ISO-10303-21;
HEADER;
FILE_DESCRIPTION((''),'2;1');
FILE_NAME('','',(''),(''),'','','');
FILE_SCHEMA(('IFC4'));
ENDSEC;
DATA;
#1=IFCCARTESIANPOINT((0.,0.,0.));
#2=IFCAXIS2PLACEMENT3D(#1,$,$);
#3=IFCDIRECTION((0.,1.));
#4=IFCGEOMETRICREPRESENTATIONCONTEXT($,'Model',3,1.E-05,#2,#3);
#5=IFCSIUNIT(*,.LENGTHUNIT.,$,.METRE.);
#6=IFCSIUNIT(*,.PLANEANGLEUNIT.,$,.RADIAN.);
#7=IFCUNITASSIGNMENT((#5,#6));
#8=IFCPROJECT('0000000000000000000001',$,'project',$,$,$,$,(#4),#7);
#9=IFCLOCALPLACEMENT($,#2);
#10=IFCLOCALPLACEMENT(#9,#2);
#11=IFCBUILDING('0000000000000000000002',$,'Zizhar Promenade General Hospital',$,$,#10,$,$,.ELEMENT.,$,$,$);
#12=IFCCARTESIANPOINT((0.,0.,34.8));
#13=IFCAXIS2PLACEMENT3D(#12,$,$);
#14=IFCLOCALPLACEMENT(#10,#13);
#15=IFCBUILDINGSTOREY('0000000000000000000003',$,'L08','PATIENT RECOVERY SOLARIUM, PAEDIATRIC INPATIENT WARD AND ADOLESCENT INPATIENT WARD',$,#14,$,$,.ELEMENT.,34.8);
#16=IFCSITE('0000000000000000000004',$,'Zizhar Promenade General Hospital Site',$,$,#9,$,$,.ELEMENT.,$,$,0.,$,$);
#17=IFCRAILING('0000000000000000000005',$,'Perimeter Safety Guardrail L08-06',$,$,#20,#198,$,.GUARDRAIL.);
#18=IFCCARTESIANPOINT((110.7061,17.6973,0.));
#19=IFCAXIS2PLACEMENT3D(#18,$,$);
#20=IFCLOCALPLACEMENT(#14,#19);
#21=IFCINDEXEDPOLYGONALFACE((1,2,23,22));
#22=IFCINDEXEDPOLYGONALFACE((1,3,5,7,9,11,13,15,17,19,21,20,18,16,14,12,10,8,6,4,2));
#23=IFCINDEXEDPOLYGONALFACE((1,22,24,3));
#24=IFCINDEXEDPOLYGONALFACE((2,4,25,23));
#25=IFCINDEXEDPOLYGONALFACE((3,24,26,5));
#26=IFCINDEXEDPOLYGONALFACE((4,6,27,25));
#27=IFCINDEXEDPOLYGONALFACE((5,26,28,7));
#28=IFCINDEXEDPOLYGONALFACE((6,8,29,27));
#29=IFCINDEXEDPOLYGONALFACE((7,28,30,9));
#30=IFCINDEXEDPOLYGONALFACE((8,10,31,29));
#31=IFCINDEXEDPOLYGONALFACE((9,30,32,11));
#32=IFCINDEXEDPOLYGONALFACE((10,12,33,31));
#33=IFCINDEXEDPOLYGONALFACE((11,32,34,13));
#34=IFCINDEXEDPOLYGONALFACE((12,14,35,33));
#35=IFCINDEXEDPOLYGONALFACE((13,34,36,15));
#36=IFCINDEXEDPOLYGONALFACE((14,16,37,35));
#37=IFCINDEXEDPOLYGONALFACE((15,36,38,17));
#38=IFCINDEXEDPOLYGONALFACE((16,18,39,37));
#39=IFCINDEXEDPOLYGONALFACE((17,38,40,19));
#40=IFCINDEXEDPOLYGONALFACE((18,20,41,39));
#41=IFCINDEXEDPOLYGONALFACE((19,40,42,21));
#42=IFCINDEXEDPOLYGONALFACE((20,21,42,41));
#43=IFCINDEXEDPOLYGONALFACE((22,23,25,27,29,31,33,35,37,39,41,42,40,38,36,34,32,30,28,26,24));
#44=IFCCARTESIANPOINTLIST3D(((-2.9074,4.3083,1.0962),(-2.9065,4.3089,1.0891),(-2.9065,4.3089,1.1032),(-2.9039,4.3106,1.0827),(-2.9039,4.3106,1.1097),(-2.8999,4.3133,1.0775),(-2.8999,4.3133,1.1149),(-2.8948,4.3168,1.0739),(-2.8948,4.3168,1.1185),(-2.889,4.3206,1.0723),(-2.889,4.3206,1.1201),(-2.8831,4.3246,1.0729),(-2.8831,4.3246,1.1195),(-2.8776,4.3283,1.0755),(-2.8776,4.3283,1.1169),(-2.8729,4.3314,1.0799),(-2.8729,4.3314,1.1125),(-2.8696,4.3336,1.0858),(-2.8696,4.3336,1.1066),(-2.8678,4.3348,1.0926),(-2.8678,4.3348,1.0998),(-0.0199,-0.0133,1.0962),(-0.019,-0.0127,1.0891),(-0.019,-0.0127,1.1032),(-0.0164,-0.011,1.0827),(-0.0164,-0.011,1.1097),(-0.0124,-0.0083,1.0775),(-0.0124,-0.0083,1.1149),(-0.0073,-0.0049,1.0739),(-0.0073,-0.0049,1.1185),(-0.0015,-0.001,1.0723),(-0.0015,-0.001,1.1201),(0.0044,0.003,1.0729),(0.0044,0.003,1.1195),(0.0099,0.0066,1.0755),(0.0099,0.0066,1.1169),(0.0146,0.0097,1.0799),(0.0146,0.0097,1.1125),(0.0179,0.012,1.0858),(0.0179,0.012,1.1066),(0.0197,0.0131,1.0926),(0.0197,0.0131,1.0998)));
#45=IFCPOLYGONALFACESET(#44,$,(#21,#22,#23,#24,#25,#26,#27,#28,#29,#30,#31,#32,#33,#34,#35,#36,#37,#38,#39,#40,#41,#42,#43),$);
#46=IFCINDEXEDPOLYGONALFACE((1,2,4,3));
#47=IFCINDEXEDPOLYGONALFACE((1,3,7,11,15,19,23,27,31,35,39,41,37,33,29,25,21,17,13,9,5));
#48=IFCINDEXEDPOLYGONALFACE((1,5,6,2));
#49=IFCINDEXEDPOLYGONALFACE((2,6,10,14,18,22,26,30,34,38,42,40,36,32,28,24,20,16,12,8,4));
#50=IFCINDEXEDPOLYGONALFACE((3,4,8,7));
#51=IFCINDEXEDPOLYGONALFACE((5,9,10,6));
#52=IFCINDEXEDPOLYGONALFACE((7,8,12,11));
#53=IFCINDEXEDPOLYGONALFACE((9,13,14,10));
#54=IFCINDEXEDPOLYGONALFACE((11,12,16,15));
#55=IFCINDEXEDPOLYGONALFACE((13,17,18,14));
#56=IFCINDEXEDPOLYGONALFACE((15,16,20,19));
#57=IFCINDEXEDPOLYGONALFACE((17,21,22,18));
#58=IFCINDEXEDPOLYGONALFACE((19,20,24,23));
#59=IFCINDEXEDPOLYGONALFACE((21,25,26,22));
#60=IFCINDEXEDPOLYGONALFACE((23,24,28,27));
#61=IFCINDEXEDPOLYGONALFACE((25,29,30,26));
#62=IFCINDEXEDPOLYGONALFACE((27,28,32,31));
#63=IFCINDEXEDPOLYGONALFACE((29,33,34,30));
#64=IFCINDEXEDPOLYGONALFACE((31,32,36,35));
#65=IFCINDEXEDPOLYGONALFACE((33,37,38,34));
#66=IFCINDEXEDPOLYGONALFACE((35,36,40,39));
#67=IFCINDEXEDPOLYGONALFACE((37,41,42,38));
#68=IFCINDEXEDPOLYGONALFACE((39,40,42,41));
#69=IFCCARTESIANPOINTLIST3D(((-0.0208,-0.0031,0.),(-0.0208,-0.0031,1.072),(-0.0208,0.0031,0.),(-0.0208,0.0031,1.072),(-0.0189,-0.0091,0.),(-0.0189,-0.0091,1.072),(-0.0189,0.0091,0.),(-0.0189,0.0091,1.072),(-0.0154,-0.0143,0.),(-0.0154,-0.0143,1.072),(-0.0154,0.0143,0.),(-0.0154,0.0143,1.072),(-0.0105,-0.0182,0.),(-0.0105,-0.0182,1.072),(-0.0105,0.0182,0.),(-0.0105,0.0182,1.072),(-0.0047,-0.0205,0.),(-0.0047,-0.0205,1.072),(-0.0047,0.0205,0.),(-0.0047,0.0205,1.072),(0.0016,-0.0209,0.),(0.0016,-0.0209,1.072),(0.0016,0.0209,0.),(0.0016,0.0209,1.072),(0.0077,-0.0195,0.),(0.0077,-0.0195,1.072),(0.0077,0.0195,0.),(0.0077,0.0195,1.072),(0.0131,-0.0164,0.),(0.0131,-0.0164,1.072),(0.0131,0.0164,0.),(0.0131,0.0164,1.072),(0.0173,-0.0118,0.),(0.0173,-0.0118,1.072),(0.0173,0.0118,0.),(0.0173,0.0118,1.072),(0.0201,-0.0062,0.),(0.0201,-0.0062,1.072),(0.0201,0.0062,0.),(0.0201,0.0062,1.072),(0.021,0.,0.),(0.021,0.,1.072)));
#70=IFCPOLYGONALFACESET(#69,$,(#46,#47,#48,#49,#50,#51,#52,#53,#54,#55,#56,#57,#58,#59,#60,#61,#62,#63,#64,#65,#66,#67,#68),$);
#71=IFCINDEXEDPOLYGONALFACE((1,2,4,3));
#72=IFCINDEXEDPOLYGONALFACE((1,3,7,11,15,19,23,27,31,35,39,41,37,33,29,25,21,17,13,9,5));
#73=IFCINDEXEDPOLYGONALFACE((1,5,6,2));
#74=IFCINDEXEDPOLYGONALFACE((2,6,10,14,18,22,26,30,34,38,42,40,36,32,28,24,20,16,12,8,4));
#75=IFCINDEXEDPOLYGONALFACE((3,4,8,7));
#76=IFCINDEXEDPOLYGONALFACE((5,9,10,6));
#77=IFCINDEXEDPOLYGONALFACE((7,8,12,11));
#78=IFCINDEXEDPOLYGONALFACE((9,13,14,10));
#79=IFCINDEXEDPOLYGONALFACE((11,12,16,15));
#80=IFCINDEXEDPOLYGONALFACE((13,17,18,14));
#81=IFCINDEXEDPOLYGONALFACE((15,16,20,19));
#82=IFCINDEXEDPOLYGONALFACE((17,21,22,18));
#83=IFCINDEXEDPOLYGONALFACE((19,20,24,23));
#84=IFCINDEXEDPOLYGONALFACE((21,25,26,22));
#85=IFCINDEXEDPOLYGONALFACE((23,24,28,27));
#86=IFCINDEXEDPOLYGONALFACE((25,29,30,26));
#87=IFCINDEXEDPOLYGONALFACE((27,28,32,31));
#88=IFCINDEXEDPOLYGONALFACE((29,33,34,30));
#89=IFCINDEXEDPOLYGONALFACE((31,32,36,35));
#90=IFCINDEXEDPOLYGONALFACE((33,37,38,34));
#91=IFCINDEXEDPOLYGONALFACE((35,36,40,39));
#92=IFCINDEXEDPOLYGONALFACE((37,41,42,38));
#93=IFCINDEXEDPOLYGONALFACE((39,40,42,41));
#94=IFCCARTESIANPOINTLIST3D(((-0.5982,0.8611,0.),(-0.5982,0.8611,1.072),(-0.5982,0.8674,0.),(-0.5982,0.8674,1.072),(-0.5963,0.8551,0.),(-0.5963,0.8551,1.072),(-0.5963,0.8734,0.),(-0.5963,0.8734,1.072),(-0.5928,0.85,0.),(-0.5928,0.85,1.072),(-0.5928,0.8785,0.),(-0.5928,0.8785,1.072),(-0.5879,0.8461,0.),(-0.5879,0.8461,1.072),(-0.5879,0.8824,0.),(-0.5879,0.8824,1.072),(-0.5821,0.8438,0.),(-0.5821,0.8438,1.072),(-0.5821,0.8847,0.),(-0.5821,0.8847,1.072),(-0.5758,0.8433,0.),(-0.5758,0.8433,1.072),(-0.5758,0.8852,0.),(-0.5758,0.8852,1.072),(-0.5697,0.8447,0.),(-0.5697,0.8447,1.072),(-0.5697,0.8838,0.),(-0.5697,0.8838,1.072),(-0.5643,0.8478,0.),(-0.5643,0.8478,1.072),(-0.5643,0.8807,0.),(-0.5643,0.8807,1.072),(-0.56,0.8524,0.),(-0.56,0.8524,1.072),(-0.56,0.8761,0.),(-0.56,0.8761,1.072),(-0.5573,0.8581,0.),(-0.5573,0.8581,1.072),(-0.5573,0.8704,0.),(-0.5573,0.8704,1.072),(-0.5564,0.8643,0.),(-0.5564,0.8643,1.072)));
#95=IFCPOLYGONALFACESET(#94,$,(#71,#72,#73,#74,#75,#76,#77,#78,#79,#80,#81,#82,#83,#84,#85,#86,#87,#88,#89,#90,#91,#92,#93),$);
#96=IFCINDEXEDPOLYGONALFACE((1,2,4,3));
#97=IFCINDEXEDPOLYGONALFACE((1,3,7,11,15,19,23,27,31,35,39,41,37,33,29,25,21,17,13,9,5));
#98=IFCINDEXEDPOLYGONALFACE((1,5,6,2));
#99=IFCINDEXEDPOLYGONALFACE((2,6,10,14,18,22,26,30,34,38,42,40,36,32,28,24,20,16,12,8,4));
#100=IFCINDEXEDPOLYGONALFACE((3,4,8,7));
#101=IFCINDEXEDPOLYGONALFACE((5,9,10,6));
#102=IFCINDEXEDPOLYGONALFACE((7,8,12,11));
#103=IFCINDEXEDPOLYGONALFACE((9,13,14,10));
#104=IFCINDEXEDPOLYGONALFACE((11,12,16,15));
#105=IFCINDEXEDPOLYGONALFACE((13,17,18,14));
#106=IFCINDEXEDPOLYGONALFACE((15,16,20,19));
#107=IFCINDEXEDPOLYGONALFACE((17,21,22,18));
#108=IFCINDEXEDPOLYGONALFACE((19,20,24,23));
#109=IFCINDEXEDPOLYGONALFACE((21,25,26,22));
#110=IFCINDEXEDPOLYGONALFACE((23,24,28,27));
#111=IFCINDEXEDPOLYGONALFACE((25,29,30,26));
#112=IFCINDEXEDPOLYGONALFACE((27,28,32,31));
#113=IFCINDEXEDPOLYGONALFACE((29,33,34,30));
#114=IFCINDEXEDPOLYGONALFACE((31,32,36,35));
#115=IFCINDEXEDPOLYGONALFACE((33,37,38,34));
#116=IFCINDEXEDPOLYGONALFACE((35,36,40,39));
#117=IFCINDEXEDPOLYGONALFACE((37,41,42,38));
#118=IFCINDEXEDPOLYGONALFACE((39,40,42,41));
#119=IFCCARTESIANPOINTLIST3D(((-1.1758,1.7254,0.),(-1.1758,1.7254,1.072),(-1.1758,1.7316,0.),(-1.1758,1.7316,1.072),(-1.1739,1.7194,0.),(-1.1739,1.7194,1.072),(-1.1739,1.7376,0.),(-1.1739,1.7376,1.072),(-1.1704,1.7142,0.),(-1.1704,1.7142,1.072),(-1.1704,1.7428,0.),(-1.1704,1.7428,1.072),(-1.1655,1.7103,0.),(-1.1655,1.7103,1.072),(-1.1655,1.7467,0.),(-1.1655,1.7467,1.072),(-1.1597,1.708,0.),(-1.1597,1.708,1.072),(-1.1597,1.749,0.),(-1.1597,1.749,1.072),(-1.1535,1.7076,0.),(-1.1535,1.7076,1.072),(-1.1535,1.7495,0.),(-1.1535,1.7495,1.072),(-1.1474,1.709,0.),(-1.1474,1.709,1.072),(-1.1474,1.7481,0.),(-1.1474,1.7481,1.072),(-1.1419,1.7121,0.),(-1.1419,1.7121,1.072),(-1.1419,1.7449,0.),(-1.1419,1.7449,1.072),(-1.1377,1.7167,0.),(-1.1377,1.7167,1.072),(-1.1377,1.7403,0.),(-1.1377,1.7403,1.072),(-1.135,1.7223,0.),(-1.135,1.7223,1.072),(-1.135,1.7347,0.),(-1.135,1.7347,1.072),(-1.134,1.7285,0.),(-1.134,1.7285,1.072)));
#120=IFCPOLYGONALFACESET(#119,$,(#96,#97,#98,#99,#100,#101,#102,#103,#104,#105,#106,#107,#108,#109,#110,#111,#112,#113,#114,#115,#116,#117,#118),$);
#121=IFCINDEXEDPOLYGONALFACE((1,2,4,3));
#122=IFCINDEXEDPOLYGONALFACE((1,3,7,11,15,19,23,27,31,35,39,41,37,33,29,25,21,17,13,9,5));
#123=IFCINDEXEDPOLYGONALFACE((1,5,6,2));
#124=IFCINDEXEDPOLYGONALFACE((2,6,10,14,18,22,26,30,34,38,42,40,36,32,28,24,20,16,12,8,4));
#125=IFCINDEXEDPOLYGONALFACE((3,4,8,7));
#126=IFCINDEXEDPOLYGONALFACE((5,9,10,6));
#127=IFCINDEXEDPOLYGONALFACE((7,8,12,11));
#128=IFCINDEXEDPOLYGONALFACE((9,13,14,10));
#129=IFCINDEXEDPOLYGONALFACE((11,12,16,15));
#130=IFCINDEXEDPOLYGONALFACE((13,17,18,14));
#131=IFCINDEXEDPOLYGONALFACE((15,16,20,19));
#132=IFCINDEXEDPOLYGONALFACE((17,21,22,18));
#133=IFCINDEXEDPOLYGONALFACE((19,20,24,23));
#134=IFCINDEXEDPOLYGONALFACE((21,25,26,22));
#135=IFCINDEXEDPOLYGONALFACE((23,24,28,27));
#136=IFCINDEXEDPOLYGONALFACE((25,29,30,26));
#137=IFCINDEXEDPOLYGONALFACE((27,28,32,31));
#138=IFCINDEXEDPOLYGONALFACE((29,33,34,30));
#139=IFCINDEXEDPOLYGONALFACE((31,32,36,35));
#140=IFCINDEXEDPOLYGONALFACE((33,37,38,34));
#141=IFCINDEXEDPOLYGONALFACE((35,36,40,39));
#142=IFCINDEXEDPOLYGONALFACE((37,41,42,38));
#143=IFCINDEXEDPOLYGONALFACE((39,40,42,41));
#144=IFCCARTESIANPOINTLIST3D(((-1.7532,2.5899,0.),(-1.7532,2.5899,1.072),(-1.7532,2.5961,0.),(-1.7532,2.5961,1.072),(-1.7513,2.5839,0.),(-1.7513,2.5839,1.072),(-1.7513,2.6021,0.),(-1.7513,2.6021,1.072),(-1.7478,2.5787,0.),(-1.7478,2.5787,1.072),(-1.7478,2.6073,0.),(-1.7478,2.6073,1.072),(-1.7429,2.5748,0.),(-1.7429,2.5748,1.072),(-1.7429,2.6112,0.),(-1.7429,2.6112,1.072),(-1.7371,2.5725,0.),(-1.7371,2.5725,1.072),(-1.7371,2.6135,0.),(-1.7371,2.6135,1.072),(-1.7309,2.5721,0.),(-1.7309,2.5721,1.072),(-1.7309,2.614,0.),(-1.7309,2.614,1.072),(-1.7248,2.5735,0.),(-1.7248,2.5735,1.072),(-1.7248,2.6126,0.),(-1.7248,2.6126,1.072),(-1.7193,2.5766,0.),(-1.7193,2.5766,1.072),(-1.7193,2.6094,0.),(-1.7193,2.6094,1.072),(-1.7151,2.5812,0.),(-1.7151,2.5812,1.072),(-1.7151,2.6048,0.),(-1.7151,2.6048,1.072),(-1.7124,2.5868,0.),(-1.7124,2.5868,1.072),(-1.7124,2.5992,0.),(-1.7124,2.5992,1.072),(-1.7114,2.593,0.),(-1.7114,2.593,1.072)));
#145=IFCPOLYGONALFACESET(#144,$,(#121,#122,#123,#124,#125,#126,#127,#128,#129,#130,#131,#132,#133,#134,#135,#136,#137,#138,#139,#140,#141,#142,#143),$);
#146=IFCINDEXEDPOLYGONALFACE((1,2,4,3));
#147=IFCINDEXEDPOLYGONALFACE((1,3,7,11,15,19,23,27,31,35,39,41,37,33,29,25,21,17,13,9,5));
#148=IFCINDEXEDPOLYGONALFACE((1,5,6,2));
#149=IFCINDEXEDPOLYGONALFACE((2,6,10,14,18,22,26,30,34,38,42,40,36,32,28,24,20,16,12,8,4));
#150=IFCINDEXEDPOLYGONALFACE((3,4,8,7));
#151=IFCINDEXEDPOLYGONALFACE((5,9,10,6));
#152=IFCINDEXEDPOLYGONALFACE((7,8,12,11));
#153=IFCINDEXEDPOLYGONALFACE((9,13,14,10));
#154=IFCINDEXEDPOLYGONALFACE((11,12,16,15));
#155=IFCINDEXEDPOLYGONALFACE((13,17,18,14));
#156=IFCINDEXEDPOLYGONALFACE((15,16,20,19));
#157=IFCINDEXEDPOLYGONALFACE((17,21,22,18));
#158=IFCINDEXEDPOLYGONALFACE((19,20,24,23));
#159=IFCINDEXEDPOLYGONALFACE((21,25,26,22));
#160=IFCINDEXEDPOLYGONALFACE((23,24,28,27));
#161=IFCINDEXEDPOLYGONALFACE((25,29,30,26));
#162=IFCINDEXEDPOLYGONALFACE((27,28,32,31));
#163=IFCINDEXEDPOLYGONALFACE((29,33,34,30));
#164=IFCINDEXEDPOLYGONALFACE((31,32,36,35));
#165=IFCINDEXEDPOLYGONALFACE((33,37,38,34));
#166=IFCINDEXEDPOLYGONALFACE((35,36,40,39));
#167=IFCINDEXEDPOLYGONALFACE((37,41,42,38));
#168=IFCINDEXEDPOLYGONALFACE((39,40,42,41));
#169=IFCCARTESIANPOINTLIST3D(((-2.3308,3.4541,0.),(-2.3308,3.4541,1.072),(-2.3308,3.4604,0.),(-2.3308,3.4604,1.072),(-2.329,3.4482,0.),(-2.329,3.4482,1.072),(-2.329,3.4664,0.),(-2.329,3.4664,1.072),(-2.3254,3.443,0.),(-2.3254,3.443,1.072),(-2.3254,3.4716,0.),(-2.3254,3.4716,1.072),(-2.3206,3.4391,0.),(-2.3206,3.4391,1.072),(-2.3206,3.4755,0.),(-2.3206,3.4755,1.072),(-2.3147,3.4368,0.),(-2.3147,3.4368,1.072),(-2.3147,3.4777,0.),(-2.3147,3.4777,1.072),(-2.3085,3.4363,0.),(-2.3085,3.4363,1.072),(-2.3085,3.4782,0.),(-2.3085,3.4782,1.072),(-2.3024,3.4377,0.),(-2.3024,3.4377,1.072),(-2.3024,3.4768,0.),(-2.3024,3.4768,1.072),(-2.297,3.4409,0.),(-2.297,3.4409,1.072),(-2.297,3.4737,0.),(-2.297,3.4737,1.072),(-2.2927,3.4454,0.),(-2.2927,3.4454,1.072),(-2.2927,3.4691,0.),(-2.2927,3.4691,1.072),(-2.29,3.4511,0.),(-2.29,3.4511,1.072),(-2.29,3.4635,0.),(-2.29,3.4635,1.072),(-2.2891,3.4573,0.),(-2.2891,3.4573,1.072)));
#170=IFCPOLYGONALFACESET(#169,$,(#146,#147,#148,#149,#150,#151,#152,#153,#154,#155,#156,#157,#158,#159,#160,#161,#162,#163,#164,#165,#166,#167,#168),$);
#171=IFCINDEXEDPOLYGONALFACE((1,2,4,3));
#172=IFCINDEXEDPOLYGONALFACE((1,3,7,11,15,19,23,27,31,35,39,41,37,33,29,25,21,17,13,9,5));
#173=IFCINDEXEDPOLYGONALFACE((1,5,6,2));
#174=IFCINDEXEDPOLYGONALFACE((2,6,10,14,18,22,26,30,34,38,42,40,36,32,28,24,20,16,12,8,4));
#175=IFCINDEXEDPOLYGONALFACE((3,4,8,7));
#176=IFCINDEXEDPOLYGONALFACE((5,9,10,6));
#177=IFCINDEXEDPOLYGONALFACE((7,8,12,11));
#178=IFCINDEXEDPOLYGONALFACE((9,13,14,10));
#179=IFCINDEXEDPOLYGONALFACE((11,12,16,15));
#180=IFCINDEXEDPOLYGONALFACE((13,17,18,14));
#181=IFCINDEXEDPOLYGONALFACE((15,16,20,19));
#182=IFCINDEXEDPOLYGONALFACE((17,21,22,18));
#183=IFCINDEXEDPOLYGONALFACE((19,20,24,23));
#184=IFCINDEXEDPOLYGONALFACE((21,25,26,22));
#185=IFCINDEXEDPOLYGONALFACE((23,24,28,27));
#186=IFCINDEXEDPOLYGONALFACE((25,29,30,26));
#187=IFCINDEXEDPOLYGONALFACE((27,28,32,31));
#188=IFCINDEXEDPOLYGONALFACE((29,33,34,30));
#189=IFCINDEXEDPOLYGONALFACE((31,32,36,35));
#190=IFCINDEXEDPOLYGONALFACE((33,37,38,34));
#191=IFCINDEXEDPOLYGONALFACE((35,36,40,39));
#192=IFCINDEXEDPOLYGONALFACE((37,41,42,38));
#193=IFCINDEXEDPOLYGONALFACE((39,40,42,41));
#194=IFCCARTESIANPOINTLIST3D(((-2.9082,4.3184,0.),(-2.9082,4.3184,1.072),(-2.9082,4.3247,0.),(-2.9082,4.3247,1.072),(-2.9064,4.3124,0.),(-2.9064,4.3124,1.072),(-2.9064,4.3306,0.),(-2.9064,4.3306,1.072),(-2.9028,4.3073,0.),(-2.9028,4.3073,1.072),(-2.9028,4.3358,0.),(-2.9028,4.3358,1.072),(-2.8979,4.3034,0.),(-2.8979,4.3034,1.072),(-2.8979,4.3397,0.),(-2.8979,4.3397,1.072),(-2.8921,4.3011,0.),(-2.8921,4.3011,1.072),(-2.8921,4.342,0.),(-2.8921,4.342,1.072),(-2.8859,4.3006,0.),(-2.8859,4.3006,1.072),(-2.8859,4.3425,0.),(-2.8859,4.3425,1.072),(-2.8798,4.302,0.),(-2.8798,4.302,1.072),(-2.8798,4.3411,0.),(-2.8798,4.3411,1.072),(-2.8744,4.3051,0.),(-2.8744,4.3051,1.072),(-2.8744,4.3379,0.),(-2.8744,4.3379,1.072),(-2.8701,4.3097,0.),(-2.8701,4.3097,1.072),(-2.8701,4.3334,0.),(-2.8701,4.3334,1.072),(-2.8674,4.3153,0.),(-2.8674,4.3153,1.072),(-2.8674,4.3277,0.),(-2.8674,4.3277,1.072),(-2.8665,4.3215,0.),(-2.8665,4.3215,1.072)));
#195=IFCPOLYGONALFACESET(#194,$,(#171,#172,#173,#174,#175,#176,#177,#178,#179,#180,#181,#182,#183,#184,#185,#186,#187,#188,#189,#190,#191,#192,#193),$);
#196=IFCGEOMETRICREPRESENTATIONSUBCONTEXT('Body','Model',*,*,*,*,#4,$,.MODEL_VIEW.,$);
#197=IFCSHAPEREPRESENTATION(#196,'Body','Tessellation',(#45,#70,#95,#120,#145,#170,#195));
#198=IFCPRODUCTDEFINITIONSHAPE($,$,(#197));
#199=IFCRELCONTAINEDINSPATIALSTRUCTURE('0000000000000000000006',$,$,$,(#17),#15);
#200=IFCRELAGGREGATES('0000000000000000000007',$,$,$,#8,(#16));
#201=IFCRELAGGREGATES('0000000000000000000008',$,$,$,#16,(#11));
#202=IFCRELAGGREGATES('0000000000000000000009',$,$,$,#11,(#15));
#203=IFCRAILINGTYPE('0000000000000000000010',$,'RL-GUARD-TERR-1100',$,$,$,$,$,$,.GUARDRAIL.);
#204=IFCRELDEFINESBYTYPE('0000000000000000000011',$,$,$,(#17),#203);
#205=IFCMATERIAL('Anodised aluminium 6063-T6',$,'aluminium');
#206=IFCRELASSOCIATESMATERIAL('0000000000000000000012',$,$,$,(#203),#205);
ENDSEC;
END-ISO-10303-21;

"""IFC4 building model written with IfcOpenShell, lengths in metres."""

from ifc_helpers import new_model, si_unit, direction, frame, origin, origin_2d, place, context, subcontext, project, spatial, circle, hollow_circle, extrude, material, material_profile, profile_set, type_object, element, save


model = new_model("IFC4")

# Units and contexts
model_context = context("Model", 3, precision=1e-05, world=origin(), true_north=direction((0.0, 1.0)))
body_context = subcontext(model_context, "Body", "Model", "MODEL_VIEW")
ifc_project = project(units=[si_unit("LENGTHUNIT", "METRE"), si_unit("PLANEANGLEUNIT", "RADIAN")], contexts=[model_context])

# Site, building, storey
site_placement = place(None, origin())
site = spatial("IfcSite", under=ifc_project, at=site_placement, Name="Zizhar Promenade General Hospital Site", CompositionType="ELEMENT", RefElevation=0.0)
building_placement = place(site_placement, origin())
building = spatial("IfcBuilding", under=site, at=building_placement, Name="Zizhar Promenade General Hospital", CompositionType="ELEMENT")
storey_placement = place(building_placement, frame((0.0, 0.0, 34.8)))
storey = spatial("IfcBuildingStorey", under=building, at=storey_placement, Name="L08", Description="PATIENT RECOVERY SOLARIUM, PAEDIATRIC INPATIENT WARD AND ADOLESCENT INPATIENT WARD", CompositionType="ELEMENT", Elevation=34.8)

# Railing
ifc_material_1 = material(Name="Anodised aluminium 6063-T6", Category="aluminium")
ifc_material_profile_1 = material_profile(ifc_material_1, hollow_circle(Radius=0.0698, WallThickness=0.0063, at=origin_2d()))
ifc_profile_set_1 = profile_set([ifc_material_profile_1], Name="Anodised aluminium 6063-T6")
railing_type = type_object("IfcRailingType", Name="RL-GUARD-TERR-1100", PredefinedType="GUARDRAIL", material=ifc_profile_set_1)
railing_1_placement = place(storey_placement, frame((110.7061, 17.6973, 0.0)))
element("IfcRailing", 1, at=railing_1_placement, inside=storey, type_object=railing_type, Name="Perimeter Safety Guardrail L08-06", PredefinedType="GUARDRAIL", context=body_context, shape_type="SweptSolid", body=[
    extrude(circle(Radius=0.0239, at=origin_2d()), frame((0.0, 0.0, 1.0962), z_axis=(-0.555556, 0.831479, 0.0), x_axis=(-0.831479, -0.555556, 0.0)), (0.0, 0.0, 1.0), 5.1975),
    extrude(circle(Radius=0.021, at=origin_2d()), origin(), (0.0, 0.0, 1.0), 1.072),
    extrude(circle(Radius=0.021, at=origin_2d()), frame((-0.5774, 0.8643, 0.0)), (0.0, 0.0, 1.0), 1.072),
    extrude(circle(Radius=0.021, at=origin_2d()), frame((-1.155, 1.7285, 0.0)), (0.0, 0.0, 1.0), 1.072),
    extrude(circle(Radius=0.021, at=origin_2d()), frame((-1.7324, 2.593, 0.0)), (0.0, 0.0, 1.0), 1.072),
    extrude(circle(Radius=0.021, at=origin_2d()), frame((-2.3101, 3.4573, 0.0)), (0.0, 0.0, 1.0), 1.072),
    extrude(circle(Radius=0.021, at=origin_2d()), frame((-2.8875, 4.3215, 0.0)), (0.0, 0.0, 1.0), 1.072),
])

save(model, "model.ifc")
